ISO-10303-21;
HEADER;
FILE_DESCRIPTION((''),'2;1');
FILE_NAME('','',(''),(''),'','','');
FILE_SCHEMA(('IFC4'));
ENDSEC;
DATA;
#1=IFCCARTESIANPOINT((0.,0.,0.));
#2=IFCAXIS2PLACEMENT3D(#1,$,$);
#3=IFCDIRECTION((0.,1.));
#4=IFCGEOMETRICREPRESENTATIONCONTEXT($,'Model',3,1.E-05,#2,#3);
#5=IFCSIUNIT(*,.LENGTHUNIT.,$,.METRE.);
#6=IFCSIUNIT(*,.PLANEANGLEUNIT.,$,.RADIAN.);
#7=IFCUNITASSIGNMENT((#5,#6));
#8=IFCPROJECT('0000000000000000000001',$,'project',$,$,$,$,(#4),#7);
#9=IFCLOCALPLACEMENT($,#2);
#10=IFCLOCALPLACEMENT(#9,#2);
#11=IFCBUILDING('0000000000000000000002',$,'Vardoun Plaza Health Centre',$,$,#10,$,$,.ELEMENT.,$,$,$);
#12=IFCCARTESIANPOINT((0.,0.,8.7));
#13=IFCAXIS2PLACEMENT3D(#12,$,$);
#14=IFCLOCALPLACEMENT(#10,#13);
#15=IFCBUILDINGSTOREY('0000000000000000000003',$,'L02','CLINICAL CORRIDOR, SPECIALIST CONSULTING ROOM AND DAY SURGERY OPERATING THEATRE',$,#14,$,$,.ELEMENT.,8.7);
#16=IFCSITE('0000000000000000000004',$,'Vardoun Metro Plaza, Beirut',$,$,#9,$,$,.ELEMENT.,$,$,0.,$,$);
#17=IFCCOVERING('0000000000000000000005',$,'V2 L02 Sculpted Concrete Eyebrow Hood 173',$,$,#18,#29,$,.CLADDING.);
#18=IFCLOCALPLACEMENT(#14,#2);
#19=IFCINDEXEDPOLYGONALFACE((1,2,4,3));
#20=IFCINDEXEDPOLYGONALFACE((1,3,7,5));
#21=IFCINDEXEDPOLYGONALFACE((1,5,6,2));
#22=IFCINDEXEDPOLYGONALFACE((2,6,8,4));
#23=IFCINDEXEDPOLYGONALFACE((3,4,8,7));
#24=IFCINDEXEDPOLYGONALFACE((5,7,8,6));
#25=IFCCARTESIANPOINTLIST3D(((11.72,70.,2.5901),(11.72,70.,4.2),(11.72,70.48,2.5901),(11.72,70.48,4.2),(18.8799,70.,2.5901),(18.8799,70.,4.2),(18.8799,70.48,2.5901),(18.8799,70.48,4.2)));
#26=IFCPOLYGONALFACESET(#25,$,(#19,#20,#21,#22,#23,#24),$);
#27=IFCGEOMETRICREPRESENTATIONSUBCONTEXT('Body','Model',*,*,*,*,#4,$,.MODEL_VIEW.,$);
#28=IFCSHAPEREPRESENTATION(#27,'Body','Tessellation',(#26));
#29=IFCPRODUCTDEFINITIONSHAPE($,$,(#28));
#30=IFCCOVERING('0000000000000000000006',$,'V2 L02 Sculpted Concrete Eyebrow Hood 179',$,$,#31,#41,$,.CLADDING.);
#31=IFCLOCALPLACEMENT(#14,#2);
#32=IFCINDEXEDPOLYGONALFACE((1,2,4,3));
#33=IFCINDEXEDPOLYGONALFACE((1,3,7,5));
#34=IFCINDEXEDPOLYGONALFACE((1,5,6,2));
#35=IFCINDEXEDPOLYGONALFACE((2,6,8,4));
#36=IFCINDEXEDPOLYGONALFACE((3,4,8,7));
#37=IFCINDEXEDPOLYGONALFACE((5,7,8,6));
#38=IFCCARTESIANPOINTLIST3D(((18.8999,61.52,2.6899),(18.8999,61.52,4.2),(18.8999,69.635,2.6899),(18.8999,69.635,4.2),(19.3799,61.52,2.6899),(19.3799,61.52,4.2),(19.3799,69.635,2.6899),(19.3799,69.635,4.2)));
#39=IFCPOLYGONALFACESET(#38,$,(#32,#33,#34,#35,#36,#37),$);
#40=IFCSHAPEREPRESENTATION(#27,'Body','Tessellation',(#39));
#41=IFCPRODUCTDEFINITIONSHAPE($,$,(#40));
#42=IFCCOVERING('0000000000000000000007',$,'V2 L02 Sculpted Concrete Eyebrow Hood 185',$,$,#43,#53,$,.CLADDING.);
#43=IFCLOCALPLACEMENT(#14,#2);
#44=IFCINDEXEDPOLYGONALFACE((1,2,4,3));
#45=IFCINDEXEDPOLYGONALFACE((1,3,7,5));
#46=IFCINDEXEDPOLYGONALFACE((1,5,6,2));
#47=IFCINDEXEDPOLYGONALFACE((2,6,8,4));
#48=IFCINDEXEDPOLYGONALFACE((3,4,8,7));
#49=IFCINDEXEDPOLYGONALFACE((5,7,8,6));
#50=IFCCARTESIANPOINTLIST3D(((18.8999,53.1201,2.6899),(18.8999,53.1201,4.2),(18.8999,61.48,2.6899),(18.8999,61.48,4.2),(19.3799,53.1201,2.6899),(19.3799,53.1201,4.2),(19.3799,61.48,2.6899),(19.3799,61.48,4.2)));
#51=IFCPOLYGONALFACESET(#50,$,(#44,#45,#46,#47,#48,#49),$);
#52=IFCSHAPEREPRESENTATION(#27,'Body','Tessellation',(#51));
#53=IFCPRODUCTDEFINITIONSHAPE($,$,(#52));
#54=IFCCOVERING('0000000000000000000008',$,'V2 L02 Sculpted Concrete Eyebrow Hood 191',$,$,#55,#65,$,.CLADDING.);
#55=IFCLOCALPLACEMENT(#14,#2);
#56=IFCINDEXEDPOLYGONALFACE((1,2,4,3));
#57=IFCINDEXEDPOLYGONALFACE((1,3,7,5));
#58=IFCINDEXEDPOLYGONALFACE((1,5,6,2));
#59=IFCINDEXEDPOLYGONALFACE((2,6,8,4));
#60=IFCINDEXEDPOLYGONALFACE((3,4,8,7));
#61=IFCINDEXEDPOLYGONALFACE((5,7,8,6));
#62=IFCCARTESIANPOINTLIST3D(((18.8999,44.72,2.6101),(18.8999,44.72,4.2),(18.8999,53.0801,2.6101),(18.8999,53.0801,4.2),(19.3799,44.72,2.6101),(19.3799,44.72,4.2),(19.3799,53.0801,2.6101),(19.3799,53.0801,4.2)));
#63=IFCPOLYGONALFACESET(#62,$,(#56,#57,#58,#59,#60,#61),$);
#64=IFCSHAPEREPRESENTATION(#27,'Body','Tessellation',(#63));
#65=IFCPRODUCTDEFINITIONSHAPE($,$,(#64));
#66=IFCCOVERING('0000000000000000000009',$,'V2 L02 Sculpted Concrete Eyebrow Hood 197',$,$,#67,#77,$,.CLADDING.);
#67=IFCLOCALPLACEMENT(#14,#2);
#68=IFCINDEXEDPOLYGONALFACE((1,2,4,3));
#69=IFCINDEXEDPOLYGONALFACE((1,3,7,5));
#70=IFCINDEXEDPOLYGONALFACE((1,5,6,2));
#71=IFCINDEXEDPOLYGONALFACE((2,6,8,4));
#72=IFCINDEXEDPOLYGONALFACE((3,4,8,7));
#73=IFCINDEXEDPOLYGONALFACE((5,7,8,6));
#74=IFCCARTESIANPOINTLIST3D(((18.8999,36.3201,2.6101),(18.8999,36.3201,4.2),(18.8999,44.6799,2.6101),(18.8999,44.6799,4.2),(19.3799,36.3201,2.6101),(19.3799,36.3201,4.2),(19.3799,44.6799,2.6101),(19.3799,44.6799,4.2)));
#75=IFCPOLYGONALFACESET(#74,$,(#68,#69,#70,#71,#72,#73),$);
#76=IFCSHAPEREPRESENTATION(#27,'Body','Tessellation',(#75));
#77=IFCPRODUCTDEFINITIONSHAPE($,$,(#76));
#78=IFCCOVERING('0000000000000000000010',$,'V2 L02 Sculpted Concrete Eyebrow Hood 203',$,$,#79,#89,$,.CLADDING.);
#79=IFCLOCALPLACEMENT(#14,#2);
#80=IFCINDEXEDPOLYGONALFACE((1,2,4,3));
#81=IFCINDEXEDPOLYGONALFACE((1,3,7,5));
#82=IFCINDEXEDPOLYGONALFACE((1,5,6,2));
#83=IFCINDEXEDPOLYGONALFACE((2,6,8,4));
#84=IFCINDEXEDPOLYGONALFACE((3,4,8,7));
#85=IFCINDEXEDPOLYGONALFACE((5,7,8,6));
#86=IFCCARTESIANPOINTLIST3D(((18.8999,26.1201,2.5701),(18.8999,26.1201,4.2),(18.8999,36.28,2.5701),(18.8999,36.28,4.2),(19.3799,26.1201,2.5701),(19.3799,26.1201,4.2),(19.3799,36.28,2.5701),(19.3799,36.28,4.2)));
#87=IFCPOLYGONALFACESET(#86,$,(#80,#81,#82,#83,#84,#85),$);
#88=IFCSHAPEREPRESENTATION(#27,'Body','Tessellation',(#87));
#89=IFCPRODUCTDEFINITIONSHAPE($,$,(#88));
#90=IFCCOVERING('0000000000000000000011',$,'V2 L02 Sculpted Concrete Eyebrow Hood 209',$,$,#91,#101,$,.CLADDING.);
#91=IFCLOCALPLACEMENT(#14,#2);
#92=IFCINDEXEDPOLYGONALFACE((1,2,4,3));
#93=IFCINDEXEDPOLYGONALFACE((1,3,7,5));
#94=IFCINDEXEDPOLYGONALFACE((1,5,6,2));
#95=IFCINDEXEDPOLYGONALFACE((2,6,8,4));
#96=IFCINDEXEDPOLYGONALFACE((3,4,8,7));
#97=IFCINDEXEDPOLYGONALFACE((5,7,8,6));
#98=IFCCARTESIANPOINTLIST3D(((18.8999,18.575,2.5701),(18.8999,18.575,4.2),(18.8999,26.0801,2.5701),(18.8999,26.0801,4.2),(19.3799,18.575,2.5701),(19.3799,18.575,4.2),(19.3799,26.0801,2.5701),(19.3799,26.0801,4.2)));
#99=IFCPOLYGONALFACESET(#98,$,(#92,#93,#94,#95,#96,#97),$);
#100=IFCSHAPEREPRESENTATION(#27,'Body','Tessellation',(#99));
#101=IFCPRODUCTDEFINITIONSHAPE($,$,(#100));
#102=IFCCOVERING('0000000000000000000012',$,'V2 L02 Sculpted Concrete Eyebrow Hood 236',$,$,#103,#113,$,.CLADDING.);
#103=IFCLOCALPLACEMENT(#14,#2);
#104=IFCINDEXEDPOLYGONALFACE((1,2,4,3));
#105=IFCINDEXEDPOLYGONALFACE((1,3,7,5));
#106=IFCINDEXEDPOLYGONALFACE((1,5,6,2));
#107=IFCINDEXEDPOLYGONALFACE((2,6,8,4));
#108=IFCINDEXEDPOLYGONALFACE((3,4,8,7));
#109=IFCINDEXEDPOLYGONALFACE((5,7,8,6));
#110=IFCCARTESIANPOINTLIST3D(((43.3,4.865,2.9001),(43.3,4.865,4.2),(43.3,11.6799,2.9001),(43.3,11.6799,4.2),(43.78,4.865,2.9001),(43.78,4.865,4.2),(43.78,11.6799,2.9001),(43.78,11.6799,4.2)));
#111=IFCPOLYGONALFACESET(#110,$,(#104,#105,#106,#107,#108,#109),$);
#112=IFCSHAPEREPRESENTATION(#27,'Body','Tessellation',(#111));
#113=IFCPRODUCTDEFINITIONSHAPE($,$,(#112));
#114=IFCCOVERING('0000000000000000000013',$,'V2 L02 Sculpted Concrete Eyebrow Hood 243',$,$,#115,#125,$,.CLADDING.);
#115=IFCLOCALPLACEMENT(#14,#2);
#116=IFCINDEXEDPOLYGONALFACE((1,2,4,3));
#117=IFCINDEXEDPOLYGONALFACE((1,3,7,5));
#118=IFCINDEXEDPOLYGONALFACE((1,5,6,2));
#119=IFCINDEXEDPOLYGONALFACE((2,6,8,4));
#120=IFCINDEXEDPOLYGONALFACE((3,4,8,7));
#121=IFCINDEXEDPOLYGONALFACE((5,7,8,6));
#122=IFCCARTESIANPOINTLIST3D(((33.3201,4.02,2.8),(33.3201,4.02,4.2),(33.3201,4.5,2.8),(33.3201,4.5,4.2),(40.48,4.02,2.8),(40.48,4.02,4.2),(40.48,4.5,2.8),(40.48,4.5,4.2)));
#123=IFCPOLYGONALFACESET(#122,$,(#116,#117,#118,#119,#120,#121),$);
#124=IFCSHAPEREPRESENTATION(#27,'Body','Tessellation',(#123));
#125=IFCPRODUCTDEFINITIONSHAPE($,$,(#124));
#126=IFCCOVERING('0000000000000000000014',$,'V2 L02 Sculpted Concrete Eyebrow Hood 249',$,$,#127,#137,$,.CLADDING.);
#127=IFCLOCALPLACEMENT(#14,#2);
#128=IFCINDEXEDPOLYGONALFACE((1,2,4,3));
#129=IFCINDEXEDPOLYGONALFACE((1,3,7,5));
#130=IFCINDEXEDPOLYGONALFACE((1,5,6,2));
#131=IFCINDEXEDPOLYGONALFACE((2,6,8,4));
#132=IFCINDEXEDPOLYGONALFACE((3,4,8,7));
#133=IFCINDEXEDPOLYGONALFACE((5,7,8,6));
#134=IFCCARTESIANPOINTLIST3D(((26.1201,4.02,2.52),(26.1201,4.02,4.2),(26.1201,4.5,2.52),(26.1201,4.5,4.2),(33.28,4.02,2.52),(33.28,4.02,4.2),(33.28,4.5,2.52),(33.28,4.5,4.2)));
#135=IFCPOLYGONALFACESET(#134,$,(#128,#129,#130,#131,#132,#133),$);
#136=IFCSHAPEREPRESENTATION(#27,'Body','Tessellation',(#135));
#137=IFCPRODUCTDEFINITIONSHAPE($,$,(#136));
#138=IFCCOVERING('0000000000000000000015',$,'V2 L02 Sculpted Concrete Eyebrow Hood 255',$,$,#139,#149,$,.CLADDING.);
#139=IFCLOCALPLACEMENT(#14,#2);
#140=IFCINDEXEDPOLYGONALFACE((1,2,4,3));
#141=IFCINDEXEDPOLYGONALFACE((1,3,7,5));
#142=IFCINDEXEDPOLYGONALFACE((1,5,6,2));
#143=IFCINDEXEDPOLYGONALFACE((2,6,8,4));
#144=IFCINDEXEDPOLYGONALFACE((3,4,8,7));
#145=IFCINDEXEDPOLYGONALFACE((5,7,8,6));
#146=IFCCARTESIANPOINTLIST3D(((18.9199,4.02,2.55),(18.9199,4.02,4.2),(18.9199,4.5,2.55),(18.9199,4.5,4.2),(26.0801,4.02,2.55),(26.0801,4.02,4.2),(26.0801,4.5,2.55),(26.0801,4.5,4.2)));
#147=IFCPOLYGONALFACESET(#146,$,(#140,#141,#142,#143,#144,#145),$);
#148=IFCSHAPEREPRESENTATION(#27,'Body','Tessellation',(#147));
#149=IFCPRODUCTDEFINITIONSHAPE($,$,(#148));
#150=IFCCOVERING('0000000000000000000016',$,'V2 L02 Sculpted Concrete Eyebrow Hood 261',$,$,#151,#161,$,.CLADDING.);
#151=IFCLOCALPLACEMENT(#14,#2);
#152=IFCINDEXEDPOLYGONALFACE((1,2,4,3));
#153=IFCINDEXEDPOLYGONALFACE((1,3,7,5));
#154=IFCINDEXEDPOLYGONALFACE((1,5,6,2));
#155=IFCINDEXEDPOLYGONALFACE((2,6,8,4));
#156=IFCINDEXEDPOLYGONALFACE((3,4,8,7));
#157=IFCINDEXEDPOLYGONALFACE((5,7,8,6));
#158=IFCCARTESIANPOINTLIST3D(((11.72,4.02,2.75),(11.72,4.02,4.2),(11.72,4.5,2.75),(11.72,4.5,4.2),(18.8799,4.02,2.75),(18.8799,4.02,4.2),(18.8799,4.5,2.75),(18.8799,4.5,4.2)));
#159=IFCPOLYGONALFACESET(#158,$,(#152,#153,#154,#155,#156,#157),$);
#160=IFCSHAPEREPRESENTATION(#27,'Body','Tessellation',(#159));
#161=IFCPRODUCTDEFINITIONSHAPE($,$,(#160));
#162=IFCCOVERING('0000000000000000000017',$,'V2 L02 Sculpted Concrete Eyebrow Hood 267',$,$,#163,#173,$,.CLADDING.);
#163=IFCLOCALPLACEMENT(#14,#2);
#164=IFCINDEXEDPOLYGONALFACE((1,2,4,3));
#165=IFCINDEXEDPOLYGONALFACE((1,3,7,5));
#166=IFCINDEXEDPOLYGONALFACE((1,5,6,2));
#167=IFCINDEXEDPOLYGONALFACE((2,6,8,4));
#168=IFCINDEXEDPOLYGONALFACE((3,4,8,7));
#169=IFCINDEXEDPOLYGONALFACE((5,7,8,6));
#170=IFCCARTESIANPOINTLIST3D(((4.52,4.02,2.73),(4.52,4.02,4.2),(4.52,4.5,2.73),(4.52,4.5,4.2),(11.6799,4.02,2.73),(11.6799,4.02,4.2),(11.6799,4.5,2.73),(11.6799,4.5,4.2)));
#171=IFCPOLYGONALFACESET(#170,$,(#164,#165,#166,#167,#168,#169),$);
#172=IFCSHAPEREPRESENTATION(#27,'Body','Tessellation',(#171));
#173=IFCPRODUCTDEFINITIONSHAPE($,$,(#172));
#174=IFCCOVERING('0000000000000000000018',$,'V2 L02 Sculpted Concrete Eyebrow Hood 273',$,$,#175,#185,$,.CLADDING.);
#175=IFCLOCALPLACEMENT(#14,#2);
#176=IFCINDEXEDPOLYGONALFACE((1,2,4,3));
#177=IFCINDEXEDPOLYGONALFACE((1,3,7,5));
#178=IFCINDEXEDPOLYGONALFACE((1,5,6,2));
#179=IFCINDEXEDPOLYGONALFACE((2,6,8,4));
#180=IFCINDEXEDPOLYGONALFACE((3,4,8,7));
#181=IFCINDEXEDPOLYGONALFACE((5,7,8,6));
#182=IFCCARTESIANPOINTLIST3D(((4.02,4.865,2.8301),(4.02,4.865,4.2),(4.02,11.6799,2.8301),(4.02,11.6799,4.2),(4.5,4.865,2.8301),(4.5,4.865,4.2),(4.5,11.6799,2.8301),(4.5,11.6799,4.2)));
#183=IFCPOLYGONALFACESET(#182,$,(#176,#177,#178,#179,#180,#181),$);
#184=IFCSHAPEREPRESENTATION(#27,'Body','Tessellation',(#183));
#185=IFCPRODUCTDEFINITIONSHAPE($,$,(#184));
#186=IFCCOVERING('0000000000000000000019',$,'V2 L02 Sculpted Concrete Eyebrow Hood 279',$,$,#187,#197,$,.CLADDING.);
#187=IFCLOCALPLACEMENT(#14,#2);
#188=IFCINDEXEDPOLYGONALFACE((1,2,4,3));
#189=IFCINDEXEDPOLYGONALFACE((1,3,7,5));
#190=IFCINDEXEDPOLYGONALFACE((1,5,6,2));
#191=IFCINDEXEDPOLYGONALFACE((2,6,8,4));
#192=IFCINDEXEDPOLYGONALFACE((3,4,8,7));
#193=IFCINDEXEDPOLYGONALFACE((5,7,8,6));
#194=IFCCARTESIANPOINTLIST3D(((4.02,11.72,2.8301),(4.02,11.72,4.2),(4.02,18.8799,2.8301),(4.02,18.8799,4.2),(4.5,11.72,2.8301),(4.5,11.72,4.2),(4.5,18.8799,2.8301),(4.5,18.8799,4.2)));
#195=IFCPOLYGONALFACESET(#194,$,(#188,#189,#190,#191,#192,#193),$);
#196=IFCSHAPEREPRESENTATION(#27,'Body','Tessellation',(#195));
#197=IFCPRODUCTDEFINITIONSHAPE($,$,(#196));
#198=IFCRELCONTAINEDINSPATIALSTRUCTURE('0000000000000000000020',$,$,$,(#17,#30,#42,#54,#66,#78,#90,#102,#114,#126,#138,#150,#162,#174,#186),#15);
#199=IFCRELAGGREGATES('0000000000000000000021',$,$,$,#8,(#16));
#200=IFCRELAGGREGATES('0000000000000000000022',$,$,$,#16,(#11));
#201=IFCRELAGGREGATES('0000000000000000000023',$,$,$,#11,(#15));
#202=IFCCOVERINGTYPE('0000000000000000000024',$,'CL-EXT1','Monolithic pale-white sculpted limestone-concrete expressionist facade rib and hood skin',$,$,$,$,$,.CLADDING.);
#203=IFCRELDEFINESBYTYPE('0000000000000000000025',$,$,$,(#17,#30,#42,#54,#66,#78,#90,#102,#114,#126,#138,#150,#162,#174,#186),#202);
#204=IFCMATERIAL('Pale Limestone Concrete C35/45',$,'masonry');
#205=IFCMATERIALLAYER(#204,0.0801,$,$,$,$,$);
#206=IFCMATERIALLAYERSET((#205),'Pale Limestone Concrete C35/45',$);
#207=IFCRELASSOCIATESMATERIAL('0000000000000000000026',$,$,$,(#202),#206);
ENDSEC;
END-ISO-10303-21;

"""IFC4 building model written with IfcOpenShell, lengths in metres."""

from ifc_helpers import new_model, si_unit, direction, frame, origin, place, context, subcontext, project, spatial, polyline, outline, extrude, material, layer, layer_set, type_object, element, save


model = new_model("IFC4")

# Units and contexts
model_context = context("Model", 3, precision=1e-05, world=origin(), true_north=direction((0.0, 1.0)))
body_context = subcontext(model_context, "Body", "Model", "MODEL_VIEW")
ifc_project = project(units=[si_unit("LENGTHUNIT", "METRE"), si_unit("PLANEANGLEUNIT", "RADIAN")], contexts=[model_context])

# Site, building, storey
site_placement = place(None, origin())
site = spatial("IfcSite", under=ifc_project, at=site_placement, Name="Vardoun Metro Plaza, Beirut", CompositionType="ELEMENT", RefElevation=0.0)
building_placement = place(site_placement, origin())
building = spatial("IfcBuilding", under=site, at=building_placement, Name="Vardoun Plaza Health Centre", CompositionType="ELEMENT")
storey_placement = place(building_placement, frame((0.0, 0.0, 8.7)))
storey = spatial("IfcBuildingStorey", under=building, at=storey_placement, Name="L02", Description="CLINICAL CORRIDOR, SPECIALIST CONSULTING ROOM AND DAY SURGERY OPERATING THEATRE", CompositionType="ELEMENT", Elevation=8.7)

# Coverings
ifc_material = material(Name="Pale Limestone Concrete C35/45", Category="masonry")
ifc_layer = layer(ifc_material, 0.0801)
ifc_layer_set = layer_set([ifc_layer], Name="Pale Limestone Concrete C35/45")
covering_type = type_object("IfcCoveringType", Name="CL-EXT1", Description="Monolithic pale-white sculpted limestone-concrete expressionist facade rib and hood skin", PredefinedType="CLADDING", material=ifc_layer_set)
covering_1_placement = place(storey_placement, frame((0.0, 0.0, 2.5901)))
element("IfcCovering", 1, at=covering_1_placement, inside=storey, type_object=covering_type, Name="V2 L02 Sculpted Concrete Eyebrow Hood 173", PredefinedType="CLADDING", context=body_context, shape_type="SweptSolid", body=[
    extrude(outline(polyline([(11.72, 70.0), (18.8799, 70.0), (18.8799, 70.48), (11.72, 70.48), (11.72, 70.0)])), origin(), (0.0, 0.0, 1.0), 1.6099),
])
covering_2_placement = place(storey_placement, frame((0.0, 0.0, 2.6899)))
element("IfcCovering", 2, at=covering_2_placement, inside=storey, type_object=covering_type, Name="V2 L02 Sculpted Concrete Eyebrow Hood 179", PredefinedType="CLADDING", context=body_context, shape_type="SweptSolid", body=[
    extrude(outline(polyline([(18.8999, 69.635), (18.8999, 61.52), (19.3799, 61.52), (19.3799, 69.635), (18.8999, 69.635)])), origin(), (0.0, 0.0, 1.0), 1.51),
])
covering_3_placement = place(storey_placement, frame((0.0, 0.0, 2.6899)))
element("IfcCovering", 3, at=covering_3_placement, inside=storey, type_object=covering_type, Name="V2 L02 Sculpted Concrete Eyebrow Hood 185", PredefinedType="CLADDING", context=body_context, shape_type="SweptSolid", body=[
    extrude(outline(polyline([(18.8999, 61.48), (18.8999, 53.1201), (19.3799, 53.1201), (19.3799, 61.48), (18.8999, 61.48)])), origin(), (0.0, 0.0, 1.0), 1.51),
])
covering_4_placement = place(storey_placement, frame((0.0, 0.0, 2.6101)))
element("IfcCovering", 4, at=covering_4_placement, inside=storey, type_object=covering_type, Name="V2 L02 Sculpted Concrete Eyebrow Hood 191", PredefinedType="CLADDING", context=body_context, shape_type="SweptSolid", body=[
    extrude(outline(polyline([(18.8999, 53.0801), (18.8999, 44.72), (19.3799, 44.72), (19.3799, 53.0801), (18.8999, 53.0801)])), origin(), (0.0, 0.0, 1.0), 1.5898),
])
covering_5_placement = place(storey_placement, frame((0.0, 0.0, 2.6101)))
element("IfcCovering", 5, at=covering_5_placement, inside=storey, type_object=covering_type, Name="V2 L02 Sculpted Concrete Eyebrow Hood 197", PredefinedType="CLADDING", context=body_context, shape_type="SweptSolid", body=[
    extrude(outline(polyline([(18.8999, 44.6799), (18.8999, 36.3201), (19.3799, 36.3201), (19.3799, 44.6799), (18.8999, 44.6799)])), origin(), (0.0, 0.0, 1.0), 1.5898),
])
covering_6_placement = place(storey_placement, frame((0.0, 0.0, 2.5701)))
element("IfcCovering", 6, at=covering_6_placement, inside=storey, type_object=covering_type, Name="V2 L02 Sculpted Concrete Eyebrow Hood 203", PredefinedType="CLADDING", context=body_context, shape_type="SweptSolid", body=[
    extrude(outline(polyline([(18.8999, 36.28), (18.8999, 26.1201), (19.3799, 26.1201), (19.3799, 36.28), (18.8999, 36.28)])), origin(), (0.0, 0.0, 1.0), 1.6299),
])
covering_7_placement = place(storey_placement, frame((0.0, 0.0, 2.5701)))
element("IfcCovering", 7, at=covering_7_placement, inside=storey, type_object=covering_type, Name="V2 L02 Sculpted Concrete Eyebrow Hood 209", PredefinedType="CLADDING", context=body_context, shape_type="SweptSolid", body=[
    extrude(outline(polyline([(18.8999, 26.0801), (18.8999, 18.575), (19.3799, 18.575), (19.3799, 26.0801), (18.8999, 26.0801)])), origin(), (0.0, 0.0, 1.0), 1.6299),
])
covering_8_placement = place(storey_placement, frame((0.0, 0.0, 2.9001)))
element("IfcCovering", 8, at=covering_8_placement, inside=storey, type_object=covering_type, Name="V2 L02 Sculpted Concrete Eyebrow Hood 236", PredefinedType="CLADDING", context=body_context, shape_type="SweptSolid", body=[
    extrude(outline(polyline([(43.3, 11.6799), (43.3, 4.865), (43.78, 4.865), (43.78, 11.6799), (43.3, 11.6799)])), origin(), (0.0, 0.0, 1.0), 1.2998),
])
covering_9_placement = place(storey_placement, frame((0.0, 0.0, 2.8)))
element("IfcCovering", 9, at=covering_9_placement, inside=storey, type_object=covering_type, Name="V2 L02 Sculpted Concrete Eyebrow Hood 243", PredefinedType="CLADDING", context=body_context, shape_type="SweptSolid", body=[
    extrude(outline(polyline([(40.48, 4.5), (33.3201, 4.5), (33.3201, 4.02), (40.48, 4.02), (40.48, 4.5)])), origin(), (0.0, 0.0, 1.0), 1.3999),
])
covering_10_placement = place(storey_placement, frame((0.0, 0.0, 2.52)))
element("IfcCovering", 10, at=covering_10_placement, inside=storey, type_object=covering_type, Name="V2 L02 Sculpted Concrete Eyebrow Hood 249", PredefinedType="CLADDING", context=body_context, shape_type="SweptSolid", body=[
    extrude(outline(polyline([(33.28, 4.5), (26.1201, 4.5), (26.1201, 4.02), (33.28, 4.02), (33.28, 4.5)])), origin(), (0.0, 0.0, 1.0), 1.6799),
])
covering_11_placement = place(storey_placement, frame((0.0, 0.0, 2.55)))
element("IfcCovering", 11, at=covering_11_placement, inside=storey, type_object=covering_type, Name="V2 L02 Sculpted Concrete Eyebrow Hood 255", PredefinedType="CLADDING", context=body_context, shape_type="SweptSolid", body=[
    extrude(outline(polyline([(26.0801, 4.5), (18.9199, 4.5), (18.9199, 4.02), (26.0801, 4.02), (26.0801, 4.5)])), origin(), (0.0, 0.0, 1.0), 1.6499),
])
covering_12_placement = place(storey_placement, frame((0.0, 0.0, 2.75)))
element("IfcCovering", 12, at=covering_12_placement, inside=storey, type_object=covering_type, Name="V2 L02 Sculpted Concrete Eyebrow Hood 261", PredefinedType="CLADDING", context=body_context, shape_type="SweptSolid", body=[
    extrude(outline(polyline([(18.8799, 4.5), (11.72, 4.5), (11.72, 4.02), (18.8799, 4.02), (18.8799, 4.5)])), origin(), (0.0, 0.0, 1.0), 1.45),
])
covering_13_placement = place(storey_placement, frame((0.0, 0.0, 2.73)))
element("IfcCovering", 13, at=covering_13_placement, inside=storey, type_object=covering_type, Name="V2 L02 Sculpted Concrete Eyebrow Hood 267", PredefinedType="CLADDING", context=body_context, shape_type="SweptSolid", body=[
    extrude(outline(polyline([(11.6799, 4.5), (4.52, 4.5), (4.52, 4.02), (11.6799, 4.02), (11.6799, 4.5)])), origin(), (0.0, 0.0, 1.0), 1.47),
])
covering_14_placement = place(storey_placement, frame((0.0, 0.0, 2.8301)))
element("IfcCovering", 14, at=covering_14_placement, inside=storey, type_object=covering_type, Name="V2 L02 Sculpted Concrete Eyebrow Hood 273", PredefinedType="CLADDING", context=body_context, shape_type="SweptSolid", body=[
    extrude(outline(polyline([(4.5, 4.865), (4.5, 11.6799), (4.02, 11.6799), (4.02, 4.865), (4.5, 4.865)])), origin(), (0.0, 0.0, 1.0), 1.3699),
])
covering_15_placement = place(storey_placement, frame((0.0, 0.0, 2.8301)))
element("IfcCovering", 15, at=covering_15_placement, inside=storey, type_object=covering_type, Name="V2 L02 Sculpted Concrete Eyebrow Hood 279", PredefinedType="CLADDING", context=body_context, shape_type="SweptSolid", body=[
    extrude(outline(polyline([(4.5, 11.72), (4.5, 18.8799), (4.02, 18.8799), (4.02, 11.72), (4.5, 11.72)])), origin(), (0.0, 0.0, 1.0), 1.3699),
])

save(model, "model.ifc")
